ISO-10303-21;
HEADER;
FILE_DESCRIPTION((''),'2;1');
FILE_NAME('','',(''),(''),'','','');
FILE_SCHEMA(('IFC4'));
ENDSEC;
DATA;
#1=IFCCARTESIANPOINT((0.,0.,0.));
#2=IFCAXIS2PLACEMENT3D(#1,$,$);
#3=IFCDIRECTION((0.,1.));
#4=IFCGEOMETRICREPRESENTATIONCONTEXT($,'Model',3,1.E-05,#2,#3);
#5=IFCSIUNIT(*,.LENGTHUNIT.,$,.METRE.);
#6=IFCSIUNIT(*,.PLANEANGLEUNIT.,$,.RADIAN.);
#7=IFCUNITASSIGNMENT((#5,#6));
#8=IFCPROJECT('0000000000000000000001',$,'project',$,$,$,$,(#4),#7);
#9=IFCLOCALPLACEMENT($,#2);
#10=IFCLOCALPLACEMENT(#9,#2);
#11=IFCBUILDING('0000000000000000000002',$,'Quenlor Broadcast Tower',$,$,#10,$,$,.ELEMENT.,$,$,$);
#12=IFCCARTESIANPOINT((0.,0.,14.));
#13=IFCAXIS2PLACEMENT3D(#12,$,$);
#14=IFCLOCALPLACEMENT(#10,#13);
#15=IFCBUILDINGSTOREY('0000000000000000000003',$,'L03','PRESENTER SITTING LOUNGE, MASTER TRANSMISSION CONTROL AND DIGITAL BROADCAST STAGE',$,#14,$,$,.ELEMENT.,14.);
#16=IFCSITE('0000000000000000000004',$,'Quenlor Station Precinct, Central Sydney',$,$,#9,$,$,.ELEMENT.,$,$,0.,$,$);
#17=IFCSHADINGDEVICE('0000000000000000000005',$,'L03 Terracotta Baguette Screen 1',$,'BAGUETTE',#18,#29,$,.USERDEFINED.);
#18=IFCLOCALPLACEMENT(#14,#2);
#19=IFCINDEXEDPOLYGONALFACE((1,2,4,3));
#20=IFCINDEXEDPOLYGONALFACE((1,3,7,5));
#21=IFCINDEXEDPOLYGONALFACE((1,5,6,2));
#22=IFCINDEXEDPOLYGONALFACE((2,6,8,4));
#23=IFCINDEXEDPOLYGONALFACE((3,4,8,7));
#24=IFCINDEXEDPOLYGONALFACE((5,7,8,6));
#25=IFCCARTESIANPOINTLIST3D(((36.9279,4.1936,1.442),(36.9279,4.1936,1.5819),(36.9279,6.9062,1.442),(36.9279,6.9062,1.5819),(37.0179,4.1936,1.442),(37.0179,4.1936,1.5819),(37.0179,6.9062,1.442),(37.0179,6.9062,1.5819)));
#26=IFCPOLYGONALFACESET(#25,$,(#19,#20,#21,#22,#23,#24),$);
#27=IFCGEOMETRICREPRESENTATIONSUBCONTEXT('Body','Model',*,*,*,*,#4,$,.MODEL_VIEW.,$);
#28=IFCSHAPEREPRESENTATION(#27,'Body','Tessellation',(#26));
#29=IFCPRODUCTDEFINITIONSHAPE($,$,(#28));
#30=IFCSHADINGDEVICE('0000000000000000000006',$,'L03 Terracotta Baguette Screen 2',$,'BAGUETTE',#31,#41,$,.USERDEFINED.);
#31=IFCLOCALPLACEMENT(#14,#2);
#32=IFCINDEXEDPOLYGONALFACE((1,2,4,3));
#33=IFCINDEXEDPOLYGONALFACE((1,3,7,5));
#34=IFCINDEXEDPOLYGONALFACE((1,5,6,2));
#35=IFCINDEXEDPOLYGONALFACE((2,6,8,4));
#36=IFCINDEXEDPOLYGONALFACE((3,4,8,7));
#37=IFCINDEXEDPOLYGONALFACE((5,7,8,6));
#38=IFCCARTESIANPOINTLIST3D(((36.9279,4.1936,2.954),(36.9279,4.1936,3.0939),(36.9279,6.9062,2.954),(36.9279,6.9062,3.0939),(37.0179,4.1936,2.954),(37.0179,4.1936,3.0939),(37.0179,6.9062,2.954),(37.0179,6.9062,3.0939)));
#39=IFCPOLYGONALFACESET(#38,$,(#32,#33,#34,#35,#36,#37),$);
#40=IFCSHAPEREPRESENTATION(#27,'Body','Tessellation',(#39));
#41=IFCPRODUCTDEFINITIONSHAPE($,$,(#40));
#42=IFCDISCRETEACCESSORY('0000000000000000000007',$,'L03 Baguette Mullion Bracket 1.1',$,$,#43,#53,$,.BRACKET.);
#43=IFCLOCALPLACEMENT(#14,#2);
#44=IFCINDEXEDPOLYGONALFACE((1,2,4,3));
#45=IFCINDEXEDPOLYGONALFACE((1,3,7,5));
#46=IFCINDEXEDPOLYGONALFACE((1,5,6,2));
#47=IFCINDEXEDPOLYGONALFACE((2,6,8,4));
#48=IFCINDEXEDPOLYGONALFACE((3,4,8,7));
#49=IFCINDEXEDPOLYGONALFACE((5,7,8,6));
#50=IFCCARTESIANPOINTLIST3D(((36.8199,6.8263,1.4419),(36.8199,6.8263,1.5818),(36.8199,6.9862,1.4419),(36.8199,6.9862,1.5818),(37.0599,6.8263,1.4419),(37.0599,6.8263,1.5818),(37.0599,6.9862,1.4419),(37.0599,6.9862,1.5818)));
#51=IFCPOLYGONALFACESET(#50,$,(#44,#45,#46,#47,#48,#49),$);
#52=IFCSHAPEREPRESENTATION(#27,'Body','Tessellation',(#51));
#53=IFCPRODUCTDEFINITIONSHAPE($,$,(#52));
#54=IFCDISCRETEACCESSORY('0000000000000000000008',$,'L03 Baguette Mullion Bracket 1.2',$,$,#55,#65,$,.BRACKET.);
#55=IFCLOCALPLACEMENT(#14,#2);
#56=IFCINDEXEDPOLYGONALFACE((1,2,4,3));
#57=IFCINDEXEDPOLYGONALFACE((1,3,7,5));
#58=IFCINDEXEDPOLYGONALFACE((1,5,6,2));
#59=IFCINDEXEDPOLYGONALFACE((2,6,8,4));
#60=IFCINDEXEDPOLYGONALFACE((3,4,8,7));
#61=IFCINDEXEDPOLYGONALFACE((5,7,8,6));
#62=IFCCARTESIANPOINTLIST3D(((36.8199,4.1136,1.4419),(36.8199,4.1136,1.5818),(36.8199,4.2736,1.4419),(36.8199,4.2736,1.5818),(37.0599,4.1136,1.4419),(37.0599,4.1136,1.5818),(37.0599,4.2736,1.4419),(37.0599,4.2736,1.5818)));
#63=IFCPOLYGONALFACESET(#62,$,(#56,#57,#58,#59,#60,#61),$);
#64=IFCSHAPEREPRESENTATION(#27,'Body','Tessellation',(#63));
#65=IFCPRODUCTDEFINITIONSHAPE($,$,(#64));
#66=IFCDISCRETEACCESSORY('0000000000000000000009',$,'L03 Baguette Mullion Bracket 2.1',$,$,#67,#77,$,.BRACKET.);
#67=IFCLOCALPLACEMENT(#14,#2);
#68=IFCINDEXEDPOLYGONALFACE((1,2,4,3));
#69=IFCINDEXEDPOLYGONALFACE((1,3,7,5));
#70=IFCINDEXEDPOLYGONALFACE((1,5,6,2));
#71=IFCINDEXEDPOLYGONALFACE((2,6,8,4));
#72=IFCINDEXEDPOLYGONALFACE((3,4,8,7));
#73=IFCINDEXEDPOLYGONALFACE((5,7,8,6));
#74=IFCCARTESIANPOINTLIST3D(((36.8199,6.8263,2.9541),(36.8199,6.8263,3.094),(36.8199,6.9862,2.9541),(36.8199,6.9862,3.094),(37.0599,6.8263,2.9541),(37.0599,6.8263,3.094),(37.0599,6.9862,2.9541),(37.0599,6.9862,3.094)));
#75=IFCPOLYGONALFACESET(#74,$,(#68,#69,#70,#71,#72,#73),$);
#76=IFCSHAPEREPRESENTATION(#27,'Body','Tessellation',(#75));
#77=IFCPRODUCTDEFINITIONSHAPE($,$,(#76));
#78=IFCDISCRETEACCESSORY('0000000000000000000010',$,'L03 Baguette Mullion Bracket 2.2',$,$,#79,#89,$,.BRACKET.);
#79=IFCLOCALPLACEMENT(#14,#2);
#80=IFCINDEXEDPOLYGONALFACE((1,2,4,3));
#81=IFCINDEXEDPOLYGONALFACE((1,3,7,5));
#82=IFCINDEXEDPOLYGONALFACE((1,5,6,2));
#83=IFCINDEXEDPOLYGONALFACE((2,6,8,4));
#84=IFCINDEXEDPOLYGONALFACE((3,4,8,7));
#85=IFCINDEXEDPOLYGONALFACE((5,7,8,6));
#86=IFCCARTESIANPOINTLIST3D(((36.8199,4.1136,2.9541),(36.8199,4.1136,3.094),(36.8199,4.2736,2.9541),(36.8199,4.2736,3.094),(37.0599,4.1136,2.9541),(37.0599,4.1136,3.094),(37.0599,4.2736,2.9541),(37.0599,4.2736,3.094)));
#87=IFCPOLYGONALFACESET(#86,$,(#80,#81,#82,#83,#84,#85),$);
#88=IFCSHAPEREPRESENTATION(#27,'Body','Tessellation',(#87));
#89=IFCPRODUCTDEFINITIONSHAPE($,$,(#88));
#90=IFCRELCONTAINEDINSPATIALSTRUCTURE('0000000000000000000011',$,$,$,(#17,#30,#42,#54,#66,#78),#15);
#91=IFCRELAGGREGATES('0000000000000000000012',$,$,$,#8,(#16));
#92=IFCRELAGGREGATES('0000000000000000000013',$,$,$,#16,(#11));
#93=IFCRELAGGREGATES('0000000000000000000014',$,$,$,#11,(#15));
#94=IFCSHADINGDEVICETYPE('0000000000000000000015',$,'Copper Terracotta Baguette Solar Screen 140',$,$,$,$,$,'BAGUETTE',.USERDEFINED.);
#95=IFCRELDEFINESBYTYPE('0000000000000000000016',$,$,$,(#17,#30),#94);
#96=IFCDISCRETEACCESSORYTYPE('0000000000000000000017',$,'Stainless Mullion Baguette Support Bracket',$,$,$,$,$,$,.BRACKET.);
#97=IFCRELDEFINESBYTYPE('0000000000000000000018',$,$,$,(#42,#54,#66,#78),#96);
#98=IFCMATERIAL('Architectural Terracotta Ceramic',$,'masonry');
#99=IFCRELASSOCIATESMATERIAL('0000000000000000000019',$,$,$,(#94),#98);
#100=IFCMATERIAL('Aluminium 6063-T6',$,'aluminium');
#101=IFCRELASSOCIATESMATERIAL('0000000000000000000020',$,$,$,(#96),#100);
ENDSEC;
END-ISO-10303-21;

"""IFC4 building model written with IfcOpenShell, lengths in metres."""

from ifc_helpers import new_model, si_unit, direction, frame, origin, origin_2d, place, context, subcontext, project, spatial, rectangle, extrude, material, material_profile, profile_set, type_object, element, save


model = new_model("IFC4")

# Units and contexts
model_context = context("Model", 3, precision=1e-05, world=origin(), true_north=direction((0.0, 1.0)))
body_context = subcontext(model_context, "Body", "Model", "MODEL_VIEW")
ifc_project = project(units=[si_unit("LENGTHUNIT", "METRE"), si_unit("PLANEANGLEUNIT", "RADIAN")], contexts=[model_context])

# Site, building, storey
site_placement = place(None, origin())
site = spatial("IfcSite", under=ifc_project, at=site_placement, Name="Quenlor Station Precinct, Central Sydney", CompositionType="ELEMENT", RefElevation=0.0)
building_placement = place(site_placement, origin())
building = spatial("IfcBuilding", under=site, at=building_placement, Name="Quenlor Broadcast Tower", CompositionType="ELEMENT")
storey_placement = place(building_placement, frame((0.0, 0.0, 14.0)))
storey = spatial("IfcBuildingStorey", under=building, at=storey_placement, Name="L03", Description="PRESENTER SITTING LOUNGE, MASTER TRANSMISSION CONTROL AND DIGITAL BROADCAST STAGE", CompositionType="ELEMENT", Elevation=14.0)

# Shading devices
ifc_material_1 = material(Name="Architectural Terracotta Ceramic", Category="masonry")
ifc_material_profile_1 = material_profile(ifc_material_1, rectangle(XDim=0.0901, YDim=0.1399, at=origin_2d()))
ifc_profile_set_1 = profile_set([ifc_material_profile_1], Name="Architectural Terracotta Ceramic BAG90x140")
shading_device_type = type_object("IfcShadingDeviceType", Name="Copper Terracotta Baguette Solar Screen 140", ElementType="BAGUETTE", PredefinedType="USERDEFINED", material=ifc_profile_set_1)
for number, where, z_axis, x_axis, name in (
    (1, (36.9729, 6.9062, 1.512), (0.0, -1.0, 0.0), (1.0, 0.0, 0.0), "L03 Terracotta Baguette Screen 1"),
    (2, (36.9729, 6.9062, 3.0239), (0.0, -1.0, 0.0), (1.0, 0.0, 0.0), "L03 Terracotta Baguette Screen 2"),
):
    element("IfcShadingDevice", number, at=place(storey_placement, frame(where, z_axis=z_axis, x_axis=x_axis)), inside=storey, type_object=shading_device_type, Name=name, ObjectType="BAGUETTE", PredefinedType="USERDEFINED", context=body_context, shape_type="SweptSolid", body=[
        extrude(rectangle(XDim=0.0901, YDim=0.1399, at=origin_2d()), origin(), (0.0, 0.0, 1.0), 2.7126),
    ])

# Discrete accessories
ifc_material_2 = material(Name="Aluminium 6063-T6", Category="aluminium")
discrete_accessory_type = type_object("IfcDiscreteAccessoryType", Name="Stainless Mullion Baguette Support Bracket", PredefinedType="BRACKET", material=ifc_material_2)
for number, where, z_axis, x_axis, name in (
    (3, (36.9399, 6.9062, 1.4419), (0.0, 0.0, 1.0), (0.0, -1.0, 0.0), "L03 Baguette Mullion Bracket 1.1"),
    (4, (36.9399, 4.1936, 1.4419), (0.0, 0.0, 1.0), (0.0, -1.0, 0.0), "L03 Baguette Mullion Bracket 1.2"),
    (5, (36.9399, 6.9062, 2.9541), (0.0, 0.0, 1.0), (0.0, -1.0, 0.0), "L03 Baguette Mullion Bracket 2.1"),
    (6, (36.9399, 4.1936, 2.9541), (0.0, 0.0, 1.0), (0.0, -1.0, 0.0), "L03 Baguette Mullion Bracket 2.2"),
):
    element("IfcDiscreteAccessory", number, at=place(storey_placement, frame(where, z_axis=z_axis, x_axis=x_axis)), inside=storey, type_object=discrete_accessory_type, Name=name, PredefinedType="BRACKET", context=body_context, shape_type="SweptSolid", body=[
        extrude(rectangle(XDim=0.1599, YDim=0.24, at=origin_2d()), origin(), (0.0, 0.0, 1.0), 0.1399),
    ])

save(model, "model.ifc")
